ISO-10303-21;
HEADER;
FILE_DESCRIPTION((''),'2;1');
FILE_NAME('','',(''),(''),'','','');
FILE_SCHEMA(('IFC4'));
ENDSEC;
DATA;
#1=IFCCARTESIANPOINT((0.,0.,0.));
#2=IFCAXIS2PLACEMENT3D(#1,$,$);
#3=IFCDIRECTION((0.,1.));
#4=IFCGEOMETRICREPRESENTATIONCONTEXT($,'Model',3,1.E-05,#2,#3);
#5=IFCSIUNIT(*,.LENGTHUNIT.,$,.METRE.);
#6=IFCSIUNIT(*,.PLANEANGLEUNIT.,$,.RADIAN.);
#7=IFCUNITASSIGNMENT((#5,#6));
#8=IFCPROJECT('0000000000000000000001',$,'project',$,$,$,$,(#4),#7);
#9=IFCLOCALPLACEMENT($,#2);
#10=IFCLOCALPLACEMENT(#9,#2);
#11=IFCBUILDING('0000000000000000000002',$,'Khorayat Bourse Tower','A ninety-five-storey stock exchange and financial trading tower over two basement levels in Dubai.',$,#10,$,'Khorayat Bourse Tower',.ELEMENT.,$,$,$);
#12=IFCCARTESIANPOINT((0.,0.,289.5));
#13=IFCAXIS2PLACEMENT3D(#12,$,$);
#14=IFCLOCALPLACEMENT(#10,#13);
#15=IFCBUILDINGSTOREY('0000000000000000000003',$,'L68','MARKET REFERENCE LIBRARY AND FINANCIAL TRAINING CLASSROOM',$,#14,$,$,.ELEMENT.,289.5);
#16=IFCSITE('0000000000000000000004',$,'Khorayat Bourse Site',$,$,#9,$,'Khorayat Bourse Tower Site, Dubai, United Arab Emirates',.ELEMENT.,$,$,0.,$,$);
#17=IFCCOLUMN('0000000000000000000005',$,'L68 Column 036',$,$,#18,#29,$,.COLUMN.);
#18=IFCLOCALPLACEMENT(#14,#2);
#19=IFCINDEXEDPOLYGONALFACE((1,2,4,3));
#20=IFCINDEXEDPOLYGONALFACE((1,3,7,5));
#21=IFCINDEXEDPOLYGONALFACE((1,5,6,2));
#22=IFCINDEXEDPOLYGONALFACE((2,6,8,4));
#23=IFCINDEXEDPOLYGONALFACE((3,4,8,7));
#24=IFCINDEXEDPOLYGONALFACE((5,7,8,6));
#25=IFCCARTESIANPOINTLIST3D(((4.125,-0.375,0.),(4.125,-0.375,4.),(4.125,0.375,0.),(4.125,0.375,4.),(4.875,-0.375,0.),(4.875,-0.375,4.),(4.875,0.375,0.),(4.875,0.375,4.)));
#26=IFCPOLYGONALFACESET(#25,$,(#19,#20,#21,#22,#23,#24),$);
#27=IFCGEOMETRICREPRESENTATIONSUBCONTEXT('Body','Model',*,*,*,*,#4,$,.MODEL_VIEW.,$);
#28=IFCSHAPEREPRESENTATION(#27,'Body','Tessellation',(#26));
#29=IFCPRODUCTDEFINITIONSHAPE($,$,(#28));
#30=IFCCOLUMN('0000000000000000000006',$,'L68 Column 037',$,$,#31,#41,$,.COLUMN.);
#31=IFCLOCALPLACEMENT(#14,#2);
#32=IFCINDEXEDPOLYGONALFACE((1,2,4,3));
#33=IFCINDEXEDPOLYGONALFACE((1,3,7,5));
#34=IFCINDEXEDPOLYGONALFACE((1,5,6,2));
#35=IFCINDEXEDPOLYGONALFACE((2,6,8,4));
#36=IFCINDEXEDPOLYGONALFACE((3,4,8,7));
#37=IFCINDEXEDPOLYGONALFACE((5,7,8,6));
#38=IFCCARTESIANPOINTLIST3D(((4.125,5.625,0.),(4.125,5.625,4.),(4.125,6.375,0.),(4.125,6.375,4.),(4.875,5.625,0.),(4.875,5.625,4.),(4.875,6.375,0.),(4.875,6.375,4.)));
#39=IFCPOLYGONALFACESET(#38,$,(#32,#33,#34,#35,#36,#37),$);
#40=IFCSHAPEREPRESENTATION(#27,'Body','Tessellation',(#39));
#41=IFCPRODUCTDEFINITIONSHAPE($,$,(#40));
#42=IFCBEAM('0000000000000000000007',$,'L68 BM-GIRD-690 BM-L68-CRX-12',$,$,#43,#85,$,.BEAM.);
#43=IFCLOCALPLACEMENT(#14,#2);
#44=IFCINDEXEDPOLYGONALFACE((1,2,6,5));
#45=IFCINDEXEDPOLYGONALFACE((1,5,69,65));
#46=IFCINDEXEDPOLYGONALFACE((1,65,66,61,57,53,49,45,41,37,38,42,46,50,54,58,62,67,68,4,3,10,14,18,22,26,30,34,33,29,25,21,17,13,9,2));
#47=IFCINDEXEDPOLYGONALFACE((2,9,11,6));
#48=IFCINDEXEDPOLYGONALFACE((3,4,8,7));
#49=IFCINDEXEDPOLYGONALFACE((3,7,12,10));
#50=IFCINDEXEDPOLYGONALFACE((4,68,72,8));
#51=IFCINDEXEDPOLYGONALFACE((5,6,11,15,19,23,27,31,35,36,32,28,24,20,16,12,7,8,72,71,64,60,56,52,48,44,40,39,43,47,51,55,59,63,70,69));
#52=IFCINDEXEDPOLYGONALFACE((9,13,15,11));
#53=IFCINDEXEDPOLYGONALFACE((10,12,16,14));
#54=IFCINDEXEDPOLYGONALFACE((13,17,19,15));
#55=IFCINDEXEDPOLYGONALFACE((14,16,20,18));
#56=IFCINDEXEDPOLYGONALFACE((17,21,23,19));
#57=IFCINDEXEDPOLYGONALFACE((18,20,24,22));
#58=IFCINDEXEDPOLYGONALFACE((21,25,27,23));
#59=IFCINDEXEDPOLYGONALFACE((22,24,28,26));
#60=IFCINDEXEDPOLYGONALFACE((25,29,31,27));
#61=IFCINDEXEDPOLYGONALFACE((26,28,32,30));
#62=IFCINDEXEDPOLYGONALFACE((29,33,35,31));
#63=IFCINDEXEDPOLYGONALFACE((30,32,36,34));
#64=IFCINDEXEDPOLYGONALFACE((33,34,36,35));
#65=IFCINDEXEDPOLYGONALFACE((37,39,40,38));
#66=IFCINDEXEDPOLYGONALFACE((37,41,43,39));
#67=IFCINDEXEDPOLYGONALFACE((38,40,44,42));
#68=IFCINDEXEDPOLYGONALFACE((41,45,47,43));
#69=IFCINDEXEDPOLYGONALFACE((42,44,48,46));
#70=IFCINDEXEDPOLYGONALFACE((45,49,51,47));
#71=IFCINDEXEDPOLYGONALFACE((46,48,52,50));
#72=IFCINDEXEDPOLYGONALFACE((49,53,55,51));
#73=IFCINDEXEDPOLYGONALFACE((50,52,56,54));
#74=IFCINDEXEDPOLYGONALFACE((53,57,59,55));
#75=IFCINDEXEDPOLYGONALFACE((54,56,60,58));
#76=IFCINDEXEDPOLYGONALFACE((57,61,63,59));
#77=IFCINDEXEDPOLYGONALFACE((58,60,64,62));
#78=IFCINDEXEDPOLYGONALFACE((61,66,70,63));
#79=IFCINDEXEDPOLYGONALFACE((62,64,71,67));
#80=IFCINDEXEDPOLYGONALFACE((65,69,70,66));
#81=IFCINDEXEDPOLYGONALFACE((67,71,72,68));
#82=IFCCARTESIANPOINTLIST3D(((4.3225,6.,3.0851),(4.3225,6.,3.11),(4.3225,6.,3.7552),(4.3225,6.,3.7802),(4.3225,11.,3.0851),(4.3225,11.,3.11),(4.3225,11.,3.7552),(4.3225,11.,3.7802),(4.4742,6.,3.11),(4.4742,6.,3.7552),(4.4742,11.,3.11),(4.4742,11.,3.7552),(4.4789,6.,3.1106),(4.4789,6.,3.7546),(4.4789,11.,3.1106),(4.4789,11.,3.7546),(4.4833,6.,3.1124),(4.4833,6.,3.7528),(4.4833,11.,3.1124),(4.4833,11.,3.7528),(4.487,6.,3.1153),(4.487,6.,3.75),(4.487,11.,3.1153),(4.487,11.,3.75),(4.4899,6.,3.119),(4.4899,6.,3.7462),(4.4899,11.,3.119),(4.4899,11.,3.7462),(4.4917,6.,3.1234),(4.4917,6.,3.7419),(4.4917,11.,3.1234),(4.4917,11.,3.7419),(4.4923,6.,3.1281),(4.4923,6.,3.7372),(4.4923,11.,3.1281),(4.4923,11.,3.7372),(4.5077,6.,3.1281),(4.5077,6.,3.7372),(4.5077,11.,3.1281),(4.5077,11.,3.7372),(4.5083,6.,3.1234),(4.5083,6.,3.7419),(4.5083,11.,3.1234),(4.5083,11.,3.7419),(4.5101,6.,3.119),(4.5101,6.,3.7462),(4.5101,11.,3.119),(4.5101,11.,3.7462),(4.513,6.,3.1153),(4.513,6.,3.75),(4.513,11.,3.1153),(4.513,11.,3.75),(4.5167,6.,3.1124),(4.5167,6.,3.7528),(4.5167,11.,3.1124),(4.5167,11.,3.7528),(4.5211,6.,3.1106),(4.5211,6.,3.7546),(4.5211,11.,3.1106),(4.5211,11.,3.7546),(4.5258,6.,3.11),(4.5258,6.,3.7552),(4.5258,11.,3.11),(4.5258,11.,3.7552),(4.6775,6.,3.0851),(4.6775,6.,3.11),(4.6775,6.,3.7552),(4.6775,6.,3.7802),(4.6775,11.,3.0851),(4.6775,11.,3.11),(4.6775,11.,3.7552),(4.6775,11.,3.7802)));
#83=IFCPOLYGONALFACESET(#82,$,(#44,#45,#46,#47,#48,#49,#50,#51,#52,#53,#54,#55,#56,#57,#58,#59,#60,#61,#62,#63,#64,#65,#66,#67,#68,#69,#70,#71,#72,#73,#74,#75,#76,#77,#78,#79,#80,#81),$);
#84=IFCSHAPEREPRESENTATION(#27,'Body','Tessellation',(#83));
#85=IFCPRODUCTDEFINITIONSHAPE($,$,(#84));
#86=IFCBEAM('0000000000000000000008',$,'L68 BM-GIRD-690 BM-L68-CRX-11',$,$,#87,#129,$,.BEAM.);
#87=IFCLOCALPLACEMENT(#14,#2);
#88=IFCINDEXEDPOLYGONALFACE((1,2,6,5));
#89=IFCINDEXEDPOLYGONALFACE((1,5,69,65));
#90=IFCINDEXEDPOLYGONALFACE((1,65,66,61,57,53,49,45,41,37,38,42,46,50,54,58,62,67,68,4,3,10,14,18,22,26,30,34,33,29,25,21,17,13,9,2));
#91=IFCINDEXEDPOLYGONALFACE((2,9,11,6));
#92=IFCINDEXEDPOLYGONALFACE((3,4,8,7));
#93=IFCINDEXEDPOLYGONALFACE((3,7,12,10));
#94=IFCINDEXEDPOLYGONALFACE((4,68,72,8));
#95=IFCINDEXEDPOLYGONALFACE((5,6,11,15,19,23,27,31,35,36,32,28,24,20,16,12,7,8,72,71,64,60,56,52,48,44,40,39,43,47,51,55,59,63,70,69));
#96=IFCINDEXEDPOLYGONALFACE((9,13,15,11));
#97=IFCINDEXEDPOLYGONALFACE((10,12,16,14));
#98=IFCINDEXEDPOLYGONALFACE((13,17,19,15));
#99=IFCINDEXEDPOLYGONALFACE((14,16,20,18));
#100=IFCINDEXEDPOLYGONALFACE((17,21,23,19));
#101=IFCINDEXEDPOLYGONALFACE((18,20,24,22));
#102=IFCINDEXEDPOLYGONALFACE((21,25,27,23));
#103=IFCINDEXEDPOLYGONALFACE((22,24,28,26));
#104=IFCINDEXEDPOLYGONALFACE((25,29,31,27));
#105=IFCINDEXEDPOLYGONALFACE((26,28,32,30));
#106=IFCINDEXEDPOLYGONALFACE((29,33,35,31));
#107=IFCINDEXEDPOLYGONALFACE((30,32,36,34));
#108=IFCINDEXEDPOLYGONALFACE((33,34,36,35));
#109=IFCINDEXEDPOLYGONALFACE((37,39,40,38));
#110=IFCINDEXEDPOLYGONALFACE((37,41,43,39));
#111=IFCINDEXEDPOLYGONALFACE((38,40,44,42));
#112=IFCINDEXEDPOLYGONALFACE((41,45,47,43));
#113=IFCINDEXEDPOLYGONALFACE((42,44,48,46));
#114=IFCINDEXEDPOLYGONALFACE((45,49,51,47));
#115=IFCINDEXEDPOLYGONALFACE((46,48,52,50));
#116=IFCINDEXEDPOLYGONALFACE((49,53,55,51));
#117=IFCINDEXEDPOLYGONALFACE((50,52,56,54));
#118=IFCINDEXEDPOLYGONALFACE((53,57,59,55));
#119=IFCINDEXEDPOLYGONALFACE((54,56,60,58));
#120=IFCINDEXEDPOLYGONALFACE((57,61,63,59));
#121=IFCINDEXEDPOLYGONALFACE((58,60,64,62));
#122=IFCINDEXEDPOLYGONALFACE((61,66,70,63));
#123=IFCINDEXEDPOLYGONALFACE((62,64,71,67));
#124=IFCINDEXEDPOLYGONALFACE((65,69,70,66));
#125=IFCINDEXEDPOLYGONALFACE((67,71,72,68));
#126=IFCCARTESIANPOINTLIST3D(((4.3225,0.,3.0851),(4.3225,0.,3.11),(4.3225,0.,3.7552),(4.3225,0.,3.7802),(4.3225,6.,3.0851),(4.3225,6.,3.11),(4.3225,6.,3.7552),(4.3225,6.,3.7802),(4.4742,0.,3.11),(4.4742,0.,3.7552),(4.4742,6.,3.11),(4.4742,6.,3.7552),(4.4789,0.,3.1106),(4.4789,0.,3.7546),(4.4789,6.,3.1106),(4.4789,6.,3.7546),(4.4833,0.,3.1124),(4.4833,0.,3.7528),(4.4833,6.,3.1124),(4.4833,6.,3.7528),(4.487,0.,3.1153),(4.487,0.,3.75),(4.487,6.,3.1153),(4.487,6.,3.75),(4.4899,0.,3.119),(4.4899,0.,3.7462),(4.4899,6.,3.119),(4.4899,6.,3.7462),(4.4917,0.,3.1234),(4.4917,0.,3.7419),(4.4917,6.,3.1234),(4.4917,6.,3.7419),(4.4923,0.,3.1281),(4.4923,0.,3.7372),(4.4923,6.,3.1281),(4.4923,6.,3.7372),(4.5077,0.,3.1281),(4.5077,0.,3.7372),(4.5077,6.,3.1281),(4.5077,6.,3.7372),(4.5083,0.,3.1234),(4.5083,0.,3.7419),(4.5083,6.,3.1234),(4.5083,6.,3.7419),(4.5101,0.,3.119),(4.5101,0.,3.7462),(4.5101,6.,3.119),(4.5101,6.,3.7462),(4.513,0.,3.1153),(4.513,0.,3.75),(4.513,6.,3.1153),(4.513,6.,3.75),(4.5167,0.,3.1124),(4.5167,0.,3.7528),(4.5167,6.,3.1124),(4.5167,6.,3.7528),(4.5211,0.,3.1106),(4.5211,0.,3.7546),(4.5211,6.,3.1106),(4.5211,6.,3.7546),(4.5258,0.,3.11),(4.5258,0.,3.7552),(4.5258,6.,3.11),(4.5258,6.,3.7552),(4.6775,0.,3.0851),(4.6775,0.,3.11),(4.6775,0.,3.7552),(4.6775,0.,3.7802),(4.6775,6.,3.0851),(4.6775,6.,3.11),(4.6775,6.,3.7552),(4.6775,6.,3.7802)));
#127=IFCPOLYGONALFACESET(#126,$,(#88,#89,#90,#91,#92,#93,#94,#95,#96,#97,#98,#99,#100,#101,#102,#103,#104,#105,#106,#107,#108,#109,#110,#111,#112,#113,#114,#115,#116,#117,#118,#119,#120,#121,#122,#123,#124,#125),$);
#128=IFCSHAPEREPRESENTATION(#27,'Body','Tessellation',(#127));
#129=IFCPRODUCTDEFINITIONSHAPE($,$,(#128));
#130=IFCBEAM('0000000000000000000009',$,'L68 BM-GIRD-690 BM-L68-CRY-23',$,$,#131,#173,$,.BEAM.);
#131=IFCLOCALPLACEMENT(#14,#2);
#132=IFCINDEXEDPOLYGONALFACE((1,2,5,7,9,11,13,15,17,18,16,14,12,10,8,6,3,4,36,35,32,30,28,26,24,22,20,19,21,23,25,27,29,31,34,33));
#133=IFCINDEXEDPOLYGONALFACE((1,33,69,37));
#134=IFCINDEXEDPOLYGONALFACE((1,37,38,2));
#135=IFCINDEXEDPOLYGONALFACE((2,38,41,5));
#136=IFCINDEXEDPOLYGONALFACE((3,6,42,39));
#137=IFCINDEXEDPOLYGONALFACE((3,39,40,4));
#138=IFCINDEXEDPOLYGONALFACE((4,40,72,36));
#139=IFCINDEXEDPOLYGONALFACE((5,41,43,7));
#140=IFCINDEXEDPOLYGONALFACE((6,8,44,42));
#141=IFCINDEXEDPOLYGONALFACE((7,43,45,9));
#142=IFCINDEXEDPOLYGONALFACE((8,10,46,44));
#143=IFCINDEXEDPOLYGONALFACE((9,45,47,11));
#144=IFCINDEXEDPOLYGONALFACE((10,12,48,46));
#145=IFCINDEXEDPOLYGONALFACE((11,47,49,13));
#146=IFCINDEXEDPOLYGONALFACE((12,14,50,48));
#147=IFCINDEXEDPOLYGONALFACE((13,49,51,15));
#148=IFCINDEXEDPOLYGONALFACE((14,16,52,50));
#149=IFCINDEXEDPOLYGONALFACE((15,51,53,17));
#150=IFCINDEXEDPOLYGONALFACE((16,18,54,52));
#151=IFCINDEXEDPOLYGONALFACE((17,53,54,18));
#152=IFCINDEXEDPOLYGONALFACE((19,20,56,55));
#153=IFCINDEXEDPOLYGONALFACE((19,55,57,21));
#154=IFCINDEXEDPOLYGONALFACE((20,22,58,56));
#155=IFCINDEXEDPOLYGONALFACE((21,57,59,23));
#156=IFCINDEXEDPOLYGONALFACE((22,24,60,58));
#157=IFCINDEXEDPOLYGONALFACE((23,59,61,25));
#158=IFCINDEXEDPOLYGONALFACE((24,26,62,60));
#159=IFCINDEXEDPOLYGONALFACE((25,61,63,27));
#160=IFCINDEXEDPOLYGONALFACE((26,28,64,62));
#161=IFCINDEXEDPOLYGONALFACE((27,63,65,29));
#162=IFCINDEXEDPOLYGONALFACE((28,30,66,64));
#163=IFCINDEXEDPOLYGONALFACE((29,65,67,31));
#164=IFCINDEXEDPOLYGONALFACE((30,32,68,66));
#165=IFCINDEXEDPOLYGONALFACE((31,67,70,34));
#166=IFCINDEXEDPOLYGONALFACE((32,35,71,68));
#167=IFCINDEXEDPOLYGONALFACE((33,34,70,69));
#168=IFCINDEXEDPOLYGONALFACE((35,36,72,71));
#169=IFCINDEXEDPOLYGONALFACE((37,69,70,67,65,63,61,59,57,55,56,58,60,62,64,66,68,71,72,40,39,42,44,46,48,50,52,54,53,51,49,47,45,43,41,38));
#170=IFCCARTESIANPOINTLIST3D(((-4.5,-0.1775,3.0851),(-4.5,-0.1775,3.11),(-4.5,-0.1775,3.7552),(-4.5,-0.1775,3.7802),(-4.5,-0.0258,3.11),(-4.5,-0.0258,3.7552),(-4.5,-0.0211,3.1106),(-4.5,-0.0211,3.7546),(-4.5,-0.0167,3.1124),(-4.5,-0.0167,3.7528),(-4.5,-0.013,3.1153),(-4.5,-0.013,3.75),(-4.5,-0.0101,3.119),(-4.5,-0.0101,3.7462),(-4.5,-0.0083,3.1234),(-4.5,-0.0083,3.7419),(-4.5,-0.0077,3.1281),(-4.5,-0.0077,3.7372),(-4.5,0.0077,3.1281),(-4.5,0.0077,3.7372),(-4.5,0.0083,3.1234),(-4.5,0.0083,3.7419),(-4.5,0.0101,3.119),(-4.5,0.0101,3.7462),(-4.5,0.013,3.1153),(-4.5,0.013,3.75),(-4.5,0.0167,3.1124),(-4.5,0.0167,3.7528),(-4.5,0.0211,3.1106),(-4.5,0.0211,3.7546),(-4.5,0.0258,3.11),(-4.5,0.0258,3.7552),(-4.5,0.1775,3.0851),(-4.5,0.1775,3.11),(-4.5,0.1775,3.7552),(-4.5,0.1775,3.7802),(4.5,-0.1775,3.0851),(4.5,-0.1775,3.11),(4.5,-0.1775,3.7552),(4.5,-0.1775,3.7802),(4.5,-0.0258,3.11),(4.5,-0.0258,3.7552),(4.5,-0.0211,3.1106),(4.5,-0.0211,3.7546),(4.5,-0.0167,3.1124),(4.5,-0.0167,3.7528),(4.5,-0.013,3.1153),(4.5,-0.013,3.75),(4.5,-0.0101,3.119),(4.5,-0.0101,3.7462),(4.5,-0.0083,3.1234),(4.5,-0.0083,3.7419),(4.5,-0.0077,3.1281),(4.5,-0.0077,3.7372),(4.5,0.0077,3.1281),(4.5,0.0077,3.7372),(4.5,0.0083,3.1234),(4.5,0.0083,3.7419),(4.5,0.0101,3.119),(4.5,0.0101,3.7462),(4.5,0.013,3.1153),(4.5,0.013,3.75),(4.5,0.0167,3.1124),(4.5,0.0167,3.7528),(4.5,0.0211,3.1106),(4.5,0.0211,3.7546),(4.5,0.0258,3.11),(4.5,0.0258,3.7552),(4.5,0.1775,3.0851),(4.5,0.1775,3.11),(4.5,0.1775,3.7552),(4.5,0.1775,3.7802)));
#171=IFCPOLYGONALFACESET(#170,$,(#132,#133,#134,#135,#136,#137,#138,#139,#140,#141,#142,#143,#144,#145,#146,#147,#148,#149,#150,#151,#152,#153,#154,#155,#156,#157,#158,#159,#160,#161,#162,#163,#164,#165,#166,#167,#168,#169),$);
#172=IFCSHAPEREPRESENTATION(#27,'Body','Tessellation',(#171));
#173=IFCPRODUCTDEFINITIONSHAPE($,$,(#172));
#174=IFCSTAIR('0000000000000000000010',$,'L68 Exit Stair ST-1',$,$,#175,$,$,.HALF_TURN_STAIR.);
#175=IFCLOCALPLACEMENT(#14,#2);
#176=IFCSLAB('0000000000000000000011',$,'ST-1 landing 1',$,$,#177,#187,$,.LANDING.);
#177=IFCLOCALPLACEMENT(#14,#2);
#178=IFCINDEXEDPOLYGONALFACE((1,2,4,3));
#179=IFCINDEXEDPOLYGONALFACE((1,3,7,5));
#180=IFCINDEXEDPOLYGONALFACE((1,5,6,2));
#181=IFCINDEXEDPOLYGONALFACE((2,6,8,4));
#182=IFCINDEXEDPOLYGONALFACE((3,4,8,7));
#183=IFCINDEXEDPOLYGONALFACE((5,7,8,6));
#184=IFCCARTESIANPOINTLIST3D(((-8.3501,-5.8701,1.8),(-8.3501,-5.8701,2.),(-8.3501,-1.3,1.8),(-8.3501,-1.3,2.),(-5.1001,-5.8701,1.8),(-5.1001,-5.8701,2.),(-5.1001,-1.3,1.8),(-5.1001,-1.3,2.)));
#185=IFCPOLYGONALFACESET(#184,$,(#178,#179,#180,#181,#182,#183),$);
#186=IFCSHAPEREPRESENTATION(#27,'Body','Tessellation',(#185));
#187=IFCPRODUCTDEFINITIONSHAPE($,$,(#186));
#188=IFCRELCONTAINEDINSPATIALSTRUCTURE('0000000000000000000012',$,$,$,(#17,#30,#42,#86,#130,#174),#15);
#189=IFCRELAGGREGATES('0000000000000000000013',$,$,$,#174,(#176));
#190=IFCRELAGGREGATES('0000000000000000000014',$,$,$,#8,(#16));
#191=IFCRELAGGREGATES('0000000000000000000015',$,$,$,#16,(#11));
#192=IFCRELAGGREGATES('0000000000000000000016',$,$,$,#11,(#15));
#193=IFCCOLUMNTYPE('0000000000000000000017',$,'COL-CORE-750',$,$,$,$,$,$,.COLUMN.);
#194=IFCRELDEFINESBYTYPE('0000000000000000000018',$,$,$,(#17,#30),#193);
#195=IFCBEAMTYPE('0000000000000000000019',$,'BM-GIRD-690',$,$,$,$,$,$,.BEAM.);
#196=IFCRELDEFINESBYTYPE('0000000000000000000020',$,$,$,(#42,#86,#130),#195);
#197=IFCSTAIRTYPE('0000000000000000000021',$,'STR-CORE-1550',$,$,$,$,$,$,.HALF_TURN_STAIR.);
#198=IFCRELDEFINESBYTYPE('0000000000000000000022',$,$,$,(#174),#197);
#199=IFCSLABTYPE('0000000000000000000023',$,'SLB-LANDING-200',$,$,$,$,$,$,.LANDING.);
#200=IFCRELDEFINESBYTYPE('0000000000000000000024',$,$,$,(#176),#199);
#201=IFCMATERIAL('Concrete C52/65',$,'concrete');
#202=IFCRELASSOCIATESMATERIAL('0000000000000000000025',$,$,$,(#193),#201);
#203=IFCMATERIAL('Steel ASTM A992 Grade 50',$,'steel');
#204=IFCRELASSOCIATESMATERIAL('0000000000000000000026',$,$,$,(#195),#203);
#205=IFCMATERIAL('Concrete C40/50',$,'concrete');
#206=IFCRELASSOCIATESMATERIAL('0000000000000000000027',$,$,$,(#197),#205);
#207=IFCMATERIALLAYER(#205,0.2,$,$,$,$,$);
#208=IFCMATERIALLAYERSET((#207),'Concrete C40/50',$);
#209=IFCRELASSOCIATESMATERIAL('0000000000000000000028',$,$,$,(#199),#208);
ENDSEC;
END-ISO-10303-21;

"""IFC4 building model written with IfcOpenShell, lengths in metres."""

from ifc_helpers import new_model, si_unit, direction, frame, origin, origin_2d, place, context, subcontext, project, spatial, polyline, rectangle, i_section, outline, extrude, source, transform, mapped, material, layer, layer_set, material_profile, profile_set, type_object, element, aggregate, save


model = new_model("IFC4")

# Units and contexts
model_context = context("Model", 3, precision=1e-05, world=origin(), true_north=direction((0.0, 1.0)))
body_context = subcontext(model_context, "Body", "Model", "MODEL_VIEW")
ifc_project = project(units=[si_unit("LENGTHUNIT", "METRE"), si_unit("PLANEANGLEUNIT", "RADIAN")], contexts=[model_context])

# Site, building, storey
site_placement = place(None, origin())
site = spatial("IfcSite", under=ifc_project, at=site_placement, Name="Khorayat Bourse Site", LongName="Khorayat Bourse Tower Site, Dubai, United Arab Emirates", CompositionType="ELEMENT", RefElevation=0.0)
building_placement = place(site_placement, origin())
building = spatial("IfcBuilding", under=site, at=building_placement, Name="Khorayat Bourse Tower", Description="A ninety-five-storey stock exchange and financial trading tower over two basement levels in Dubai.", LongName="Khorayat Bourse Tower", CompositionType="ELEMENT")
storey_placement = place(building_placement, frame((0.0, 0.0, 289.5)))
storey = spatial("IfcBuildingStorey", under=building, at=storey_placement, Name="L68", Description="MARKET REFERENCE LIBRARY AND FINANCIAL TRAINING CLASSROOM", CompositionType="ELEMENT", Elevation=289.5)

# Columns
ifc_material_1 = material(Name="Concrete C52/65", Category="concrete")
ifc_material_profile_1 = material_profile(ifc_material_1, rectangle(XDim=0.75, YDim=0.75, at=origin_2d()), Name="RC 750x750")
ifc_profile_set_1 = profile_set([ifc_material_profile_1], Name="Concrete C52/65")
column_type = type_object("IfcColumnType", Name="COL-CORE-750", PredefinedType="COLUMN", material=ifc_profile_set_1)
shared_shape_1 = source(origin(), body_context, "Body", "SweptSolid", [
    extrude(rectangle(XDim=0.75, YDim=0.75, at=origin_2d()), origin(), (0.0, 0.0, 1.0), 4.0),
])
for number, where, z_axis, x_axis, name in (
    (1, (4.5, 0.0, 0.0), (0.0, 0.0, 1.0), (1.0, 0.0, 0.0), "L68 Column 036"),
    (2, (4.5, 6.0, 0.0), (0.0, 0.0, 1.0), (1.0, 0.0, 0.0), "L68 Column 037"),
):
    element("IfcColumn", number, at=place(storey_placement, frame(where, z_axis=z_axis, x_axis=x_axis)), inside=storey, type_object=column_type, Name=name, PredefinedType="COLUMN", context=body_context, shape_type="MappedRepresentation", body=[
        mapped(shared_shape_1, transform((0.0, 0.0, 0.0), scale=1.0)),
    ])

# Beams
ifc_material_2 = material(Name="Steel ASTM A992 Grade 50", Category="steel")
ifc_material_profile_2 = material_profile(ifc_material_2, i_section(OverallWidth=0.355, OverallDepth=0.6951, WebThickness=0.0154, FlangeThickness=0.0249, FilletRadius=0.0181, at=origin_2d()), Name="W690X217")
ifc_profile_set_2 = profile_set([ifc_material_profile_2], Name="Steel ASTM A992 Grade 50")
beam_type = type_object("IfcBeamType", Name="BM-GIRD-690", PredefinedType="BEAM", material=ifc_profile_set_2)
shared_shape_2 = source(origin(), body_context, "Body", "SweptSolid", [
    extrude(i_section(OverallWidth=0.355, OverallDepth=0.6951, WebThickness=0.0154, FlangeThickness=0.0249, FilletRadius=0.0181, at=origin_2d()), origin(), (0.0, 0.0, 1.0), 5.0),
])
beam_1_placement = place(storey_placement, frame((4.5, 6.0, 3.4326), z_axis=(0.0, 1.0, 0.0), x_axis=(-1.0, 0.0, 0.0)))
element("IfcBeam", 3, at=beam_1_placement, inside=storey, type_object=beam_type, Name="L68 BM-GIRD-690 BM-L68-CRX-12", PredefinedType="BEAM", context=body_context, shape_type="MappedRepresentation", body=[
    mapped(shared_shape_2, transform((0.0, 0.0, 0.0), scale=1.0)),
])
shared_shape_3 = source(origin(), body_context, "Body", "SweptSolid", [
    extrude(i_section(OverallWidth=0.355, OverallDepth=0.6951, WebThickness=0.0154, FlangeThickness=0.0249, FilletRadius=0.0181, at=origin_2d()), origin(), (0.0, 0.0, 1.0), 6.0),
])
beam_2_placement = place(storey_placement, frame((4.5, 0.0, 3.4326), z_axis=(0.0, 1.0, 0.0), x_axis=(-1.0, 0.0, 0.0)))
element("IfcBeam", 4, at=beam_2_placement, inside=storey, type_object=beam_type, Name="L68 BM-GIRD-690 BM-L68-CRX-11", PredefinedType="BEAM", context=body_context, shape_type="MappedRepresentation", body=[
    mapped(shared_shape_3, transform((0.0, 0.0, 0.0), scale=1.0)),
])
shared_shape_4 = source(origin(), body_context, "Body", "SweptSolid", [
    extrude(i_section(OverallWidth=0.355, OverallDepth=0.6951, WebThickness=0.0154, FlangeThickness=0.0249, FilletRadius=0.0181, at=origin_2d()), origin(), (0.0, 0.0, 1.0), 9.0),
])
beam_3_placement = place(storey_placement, frame((-4.5, 0.0, 3.4326), z_axis=(1.0, 0.0, 0.0), x_axis=(0.0, 1.0, 0.0)))
element("IfcBeam", 5, at=beam_3_placement, inside=storey, type_object=beam_type, Name="L68 BM-GIRD-690 BM-L68-CRY-23", PredefinedType="BEAM", context=body_context, shape_type="MappedRepresentation", body=[
    mapped(shared_shape_4, transform((0.0, 0.0, 0.0), scale=1.0)),
])

# Stair, slab
ifc_material_3 = material(Name="Concrete C40/50", Category="concrete")
stair_type = type_object("IfcStairType", Name="STR-CORE-1550", PredefinedType="HALF_TURN_STAIR", material=ifc_material_3)
stair_1_placement = place(storey_placement, origin())
stair_1 = element("IfcStair", 6, at=stair_1_placement, inside=storey, type_object=stair_type, Name="L68 Exit Stair ST-1", PredefinedType="HALF_TURN_STAIR")
ifc_layer_1 = layer(ifc_material_3, 0.2)
ifc_layer_set_1 = layer_set([ifc_layer_1], Name="Concrete C40/50")
slab_type_1 = type_object("IfcSlabType", Name="SLB-LANDING-200", PredefinedType="LANDING", material=ifc_layer_set_1)
slab_1_placement = place(storey_placement, frame((0.0, 0.0, 1.8)))
slab_1 = element("IfcSlab", 7, at=slab_1_placement, type_object=slab_type_1, Name="ST-1 landing 1", PredefinedType="LANDING", context=body_context, shape_type="SweptSolid", body=[
    extrude(outline(polyline([(-5.1001, -5.8701), (-5.1001, -1.3), (-8.3501, -1.3), (-8.3501, -5.8701), (-5.1001, -5.8701)])), origin(), (0.0, 0.0, 1.0), 0.2),
])
aggregate(stair_1, [slab_1])

save(model, "model.ifc")
